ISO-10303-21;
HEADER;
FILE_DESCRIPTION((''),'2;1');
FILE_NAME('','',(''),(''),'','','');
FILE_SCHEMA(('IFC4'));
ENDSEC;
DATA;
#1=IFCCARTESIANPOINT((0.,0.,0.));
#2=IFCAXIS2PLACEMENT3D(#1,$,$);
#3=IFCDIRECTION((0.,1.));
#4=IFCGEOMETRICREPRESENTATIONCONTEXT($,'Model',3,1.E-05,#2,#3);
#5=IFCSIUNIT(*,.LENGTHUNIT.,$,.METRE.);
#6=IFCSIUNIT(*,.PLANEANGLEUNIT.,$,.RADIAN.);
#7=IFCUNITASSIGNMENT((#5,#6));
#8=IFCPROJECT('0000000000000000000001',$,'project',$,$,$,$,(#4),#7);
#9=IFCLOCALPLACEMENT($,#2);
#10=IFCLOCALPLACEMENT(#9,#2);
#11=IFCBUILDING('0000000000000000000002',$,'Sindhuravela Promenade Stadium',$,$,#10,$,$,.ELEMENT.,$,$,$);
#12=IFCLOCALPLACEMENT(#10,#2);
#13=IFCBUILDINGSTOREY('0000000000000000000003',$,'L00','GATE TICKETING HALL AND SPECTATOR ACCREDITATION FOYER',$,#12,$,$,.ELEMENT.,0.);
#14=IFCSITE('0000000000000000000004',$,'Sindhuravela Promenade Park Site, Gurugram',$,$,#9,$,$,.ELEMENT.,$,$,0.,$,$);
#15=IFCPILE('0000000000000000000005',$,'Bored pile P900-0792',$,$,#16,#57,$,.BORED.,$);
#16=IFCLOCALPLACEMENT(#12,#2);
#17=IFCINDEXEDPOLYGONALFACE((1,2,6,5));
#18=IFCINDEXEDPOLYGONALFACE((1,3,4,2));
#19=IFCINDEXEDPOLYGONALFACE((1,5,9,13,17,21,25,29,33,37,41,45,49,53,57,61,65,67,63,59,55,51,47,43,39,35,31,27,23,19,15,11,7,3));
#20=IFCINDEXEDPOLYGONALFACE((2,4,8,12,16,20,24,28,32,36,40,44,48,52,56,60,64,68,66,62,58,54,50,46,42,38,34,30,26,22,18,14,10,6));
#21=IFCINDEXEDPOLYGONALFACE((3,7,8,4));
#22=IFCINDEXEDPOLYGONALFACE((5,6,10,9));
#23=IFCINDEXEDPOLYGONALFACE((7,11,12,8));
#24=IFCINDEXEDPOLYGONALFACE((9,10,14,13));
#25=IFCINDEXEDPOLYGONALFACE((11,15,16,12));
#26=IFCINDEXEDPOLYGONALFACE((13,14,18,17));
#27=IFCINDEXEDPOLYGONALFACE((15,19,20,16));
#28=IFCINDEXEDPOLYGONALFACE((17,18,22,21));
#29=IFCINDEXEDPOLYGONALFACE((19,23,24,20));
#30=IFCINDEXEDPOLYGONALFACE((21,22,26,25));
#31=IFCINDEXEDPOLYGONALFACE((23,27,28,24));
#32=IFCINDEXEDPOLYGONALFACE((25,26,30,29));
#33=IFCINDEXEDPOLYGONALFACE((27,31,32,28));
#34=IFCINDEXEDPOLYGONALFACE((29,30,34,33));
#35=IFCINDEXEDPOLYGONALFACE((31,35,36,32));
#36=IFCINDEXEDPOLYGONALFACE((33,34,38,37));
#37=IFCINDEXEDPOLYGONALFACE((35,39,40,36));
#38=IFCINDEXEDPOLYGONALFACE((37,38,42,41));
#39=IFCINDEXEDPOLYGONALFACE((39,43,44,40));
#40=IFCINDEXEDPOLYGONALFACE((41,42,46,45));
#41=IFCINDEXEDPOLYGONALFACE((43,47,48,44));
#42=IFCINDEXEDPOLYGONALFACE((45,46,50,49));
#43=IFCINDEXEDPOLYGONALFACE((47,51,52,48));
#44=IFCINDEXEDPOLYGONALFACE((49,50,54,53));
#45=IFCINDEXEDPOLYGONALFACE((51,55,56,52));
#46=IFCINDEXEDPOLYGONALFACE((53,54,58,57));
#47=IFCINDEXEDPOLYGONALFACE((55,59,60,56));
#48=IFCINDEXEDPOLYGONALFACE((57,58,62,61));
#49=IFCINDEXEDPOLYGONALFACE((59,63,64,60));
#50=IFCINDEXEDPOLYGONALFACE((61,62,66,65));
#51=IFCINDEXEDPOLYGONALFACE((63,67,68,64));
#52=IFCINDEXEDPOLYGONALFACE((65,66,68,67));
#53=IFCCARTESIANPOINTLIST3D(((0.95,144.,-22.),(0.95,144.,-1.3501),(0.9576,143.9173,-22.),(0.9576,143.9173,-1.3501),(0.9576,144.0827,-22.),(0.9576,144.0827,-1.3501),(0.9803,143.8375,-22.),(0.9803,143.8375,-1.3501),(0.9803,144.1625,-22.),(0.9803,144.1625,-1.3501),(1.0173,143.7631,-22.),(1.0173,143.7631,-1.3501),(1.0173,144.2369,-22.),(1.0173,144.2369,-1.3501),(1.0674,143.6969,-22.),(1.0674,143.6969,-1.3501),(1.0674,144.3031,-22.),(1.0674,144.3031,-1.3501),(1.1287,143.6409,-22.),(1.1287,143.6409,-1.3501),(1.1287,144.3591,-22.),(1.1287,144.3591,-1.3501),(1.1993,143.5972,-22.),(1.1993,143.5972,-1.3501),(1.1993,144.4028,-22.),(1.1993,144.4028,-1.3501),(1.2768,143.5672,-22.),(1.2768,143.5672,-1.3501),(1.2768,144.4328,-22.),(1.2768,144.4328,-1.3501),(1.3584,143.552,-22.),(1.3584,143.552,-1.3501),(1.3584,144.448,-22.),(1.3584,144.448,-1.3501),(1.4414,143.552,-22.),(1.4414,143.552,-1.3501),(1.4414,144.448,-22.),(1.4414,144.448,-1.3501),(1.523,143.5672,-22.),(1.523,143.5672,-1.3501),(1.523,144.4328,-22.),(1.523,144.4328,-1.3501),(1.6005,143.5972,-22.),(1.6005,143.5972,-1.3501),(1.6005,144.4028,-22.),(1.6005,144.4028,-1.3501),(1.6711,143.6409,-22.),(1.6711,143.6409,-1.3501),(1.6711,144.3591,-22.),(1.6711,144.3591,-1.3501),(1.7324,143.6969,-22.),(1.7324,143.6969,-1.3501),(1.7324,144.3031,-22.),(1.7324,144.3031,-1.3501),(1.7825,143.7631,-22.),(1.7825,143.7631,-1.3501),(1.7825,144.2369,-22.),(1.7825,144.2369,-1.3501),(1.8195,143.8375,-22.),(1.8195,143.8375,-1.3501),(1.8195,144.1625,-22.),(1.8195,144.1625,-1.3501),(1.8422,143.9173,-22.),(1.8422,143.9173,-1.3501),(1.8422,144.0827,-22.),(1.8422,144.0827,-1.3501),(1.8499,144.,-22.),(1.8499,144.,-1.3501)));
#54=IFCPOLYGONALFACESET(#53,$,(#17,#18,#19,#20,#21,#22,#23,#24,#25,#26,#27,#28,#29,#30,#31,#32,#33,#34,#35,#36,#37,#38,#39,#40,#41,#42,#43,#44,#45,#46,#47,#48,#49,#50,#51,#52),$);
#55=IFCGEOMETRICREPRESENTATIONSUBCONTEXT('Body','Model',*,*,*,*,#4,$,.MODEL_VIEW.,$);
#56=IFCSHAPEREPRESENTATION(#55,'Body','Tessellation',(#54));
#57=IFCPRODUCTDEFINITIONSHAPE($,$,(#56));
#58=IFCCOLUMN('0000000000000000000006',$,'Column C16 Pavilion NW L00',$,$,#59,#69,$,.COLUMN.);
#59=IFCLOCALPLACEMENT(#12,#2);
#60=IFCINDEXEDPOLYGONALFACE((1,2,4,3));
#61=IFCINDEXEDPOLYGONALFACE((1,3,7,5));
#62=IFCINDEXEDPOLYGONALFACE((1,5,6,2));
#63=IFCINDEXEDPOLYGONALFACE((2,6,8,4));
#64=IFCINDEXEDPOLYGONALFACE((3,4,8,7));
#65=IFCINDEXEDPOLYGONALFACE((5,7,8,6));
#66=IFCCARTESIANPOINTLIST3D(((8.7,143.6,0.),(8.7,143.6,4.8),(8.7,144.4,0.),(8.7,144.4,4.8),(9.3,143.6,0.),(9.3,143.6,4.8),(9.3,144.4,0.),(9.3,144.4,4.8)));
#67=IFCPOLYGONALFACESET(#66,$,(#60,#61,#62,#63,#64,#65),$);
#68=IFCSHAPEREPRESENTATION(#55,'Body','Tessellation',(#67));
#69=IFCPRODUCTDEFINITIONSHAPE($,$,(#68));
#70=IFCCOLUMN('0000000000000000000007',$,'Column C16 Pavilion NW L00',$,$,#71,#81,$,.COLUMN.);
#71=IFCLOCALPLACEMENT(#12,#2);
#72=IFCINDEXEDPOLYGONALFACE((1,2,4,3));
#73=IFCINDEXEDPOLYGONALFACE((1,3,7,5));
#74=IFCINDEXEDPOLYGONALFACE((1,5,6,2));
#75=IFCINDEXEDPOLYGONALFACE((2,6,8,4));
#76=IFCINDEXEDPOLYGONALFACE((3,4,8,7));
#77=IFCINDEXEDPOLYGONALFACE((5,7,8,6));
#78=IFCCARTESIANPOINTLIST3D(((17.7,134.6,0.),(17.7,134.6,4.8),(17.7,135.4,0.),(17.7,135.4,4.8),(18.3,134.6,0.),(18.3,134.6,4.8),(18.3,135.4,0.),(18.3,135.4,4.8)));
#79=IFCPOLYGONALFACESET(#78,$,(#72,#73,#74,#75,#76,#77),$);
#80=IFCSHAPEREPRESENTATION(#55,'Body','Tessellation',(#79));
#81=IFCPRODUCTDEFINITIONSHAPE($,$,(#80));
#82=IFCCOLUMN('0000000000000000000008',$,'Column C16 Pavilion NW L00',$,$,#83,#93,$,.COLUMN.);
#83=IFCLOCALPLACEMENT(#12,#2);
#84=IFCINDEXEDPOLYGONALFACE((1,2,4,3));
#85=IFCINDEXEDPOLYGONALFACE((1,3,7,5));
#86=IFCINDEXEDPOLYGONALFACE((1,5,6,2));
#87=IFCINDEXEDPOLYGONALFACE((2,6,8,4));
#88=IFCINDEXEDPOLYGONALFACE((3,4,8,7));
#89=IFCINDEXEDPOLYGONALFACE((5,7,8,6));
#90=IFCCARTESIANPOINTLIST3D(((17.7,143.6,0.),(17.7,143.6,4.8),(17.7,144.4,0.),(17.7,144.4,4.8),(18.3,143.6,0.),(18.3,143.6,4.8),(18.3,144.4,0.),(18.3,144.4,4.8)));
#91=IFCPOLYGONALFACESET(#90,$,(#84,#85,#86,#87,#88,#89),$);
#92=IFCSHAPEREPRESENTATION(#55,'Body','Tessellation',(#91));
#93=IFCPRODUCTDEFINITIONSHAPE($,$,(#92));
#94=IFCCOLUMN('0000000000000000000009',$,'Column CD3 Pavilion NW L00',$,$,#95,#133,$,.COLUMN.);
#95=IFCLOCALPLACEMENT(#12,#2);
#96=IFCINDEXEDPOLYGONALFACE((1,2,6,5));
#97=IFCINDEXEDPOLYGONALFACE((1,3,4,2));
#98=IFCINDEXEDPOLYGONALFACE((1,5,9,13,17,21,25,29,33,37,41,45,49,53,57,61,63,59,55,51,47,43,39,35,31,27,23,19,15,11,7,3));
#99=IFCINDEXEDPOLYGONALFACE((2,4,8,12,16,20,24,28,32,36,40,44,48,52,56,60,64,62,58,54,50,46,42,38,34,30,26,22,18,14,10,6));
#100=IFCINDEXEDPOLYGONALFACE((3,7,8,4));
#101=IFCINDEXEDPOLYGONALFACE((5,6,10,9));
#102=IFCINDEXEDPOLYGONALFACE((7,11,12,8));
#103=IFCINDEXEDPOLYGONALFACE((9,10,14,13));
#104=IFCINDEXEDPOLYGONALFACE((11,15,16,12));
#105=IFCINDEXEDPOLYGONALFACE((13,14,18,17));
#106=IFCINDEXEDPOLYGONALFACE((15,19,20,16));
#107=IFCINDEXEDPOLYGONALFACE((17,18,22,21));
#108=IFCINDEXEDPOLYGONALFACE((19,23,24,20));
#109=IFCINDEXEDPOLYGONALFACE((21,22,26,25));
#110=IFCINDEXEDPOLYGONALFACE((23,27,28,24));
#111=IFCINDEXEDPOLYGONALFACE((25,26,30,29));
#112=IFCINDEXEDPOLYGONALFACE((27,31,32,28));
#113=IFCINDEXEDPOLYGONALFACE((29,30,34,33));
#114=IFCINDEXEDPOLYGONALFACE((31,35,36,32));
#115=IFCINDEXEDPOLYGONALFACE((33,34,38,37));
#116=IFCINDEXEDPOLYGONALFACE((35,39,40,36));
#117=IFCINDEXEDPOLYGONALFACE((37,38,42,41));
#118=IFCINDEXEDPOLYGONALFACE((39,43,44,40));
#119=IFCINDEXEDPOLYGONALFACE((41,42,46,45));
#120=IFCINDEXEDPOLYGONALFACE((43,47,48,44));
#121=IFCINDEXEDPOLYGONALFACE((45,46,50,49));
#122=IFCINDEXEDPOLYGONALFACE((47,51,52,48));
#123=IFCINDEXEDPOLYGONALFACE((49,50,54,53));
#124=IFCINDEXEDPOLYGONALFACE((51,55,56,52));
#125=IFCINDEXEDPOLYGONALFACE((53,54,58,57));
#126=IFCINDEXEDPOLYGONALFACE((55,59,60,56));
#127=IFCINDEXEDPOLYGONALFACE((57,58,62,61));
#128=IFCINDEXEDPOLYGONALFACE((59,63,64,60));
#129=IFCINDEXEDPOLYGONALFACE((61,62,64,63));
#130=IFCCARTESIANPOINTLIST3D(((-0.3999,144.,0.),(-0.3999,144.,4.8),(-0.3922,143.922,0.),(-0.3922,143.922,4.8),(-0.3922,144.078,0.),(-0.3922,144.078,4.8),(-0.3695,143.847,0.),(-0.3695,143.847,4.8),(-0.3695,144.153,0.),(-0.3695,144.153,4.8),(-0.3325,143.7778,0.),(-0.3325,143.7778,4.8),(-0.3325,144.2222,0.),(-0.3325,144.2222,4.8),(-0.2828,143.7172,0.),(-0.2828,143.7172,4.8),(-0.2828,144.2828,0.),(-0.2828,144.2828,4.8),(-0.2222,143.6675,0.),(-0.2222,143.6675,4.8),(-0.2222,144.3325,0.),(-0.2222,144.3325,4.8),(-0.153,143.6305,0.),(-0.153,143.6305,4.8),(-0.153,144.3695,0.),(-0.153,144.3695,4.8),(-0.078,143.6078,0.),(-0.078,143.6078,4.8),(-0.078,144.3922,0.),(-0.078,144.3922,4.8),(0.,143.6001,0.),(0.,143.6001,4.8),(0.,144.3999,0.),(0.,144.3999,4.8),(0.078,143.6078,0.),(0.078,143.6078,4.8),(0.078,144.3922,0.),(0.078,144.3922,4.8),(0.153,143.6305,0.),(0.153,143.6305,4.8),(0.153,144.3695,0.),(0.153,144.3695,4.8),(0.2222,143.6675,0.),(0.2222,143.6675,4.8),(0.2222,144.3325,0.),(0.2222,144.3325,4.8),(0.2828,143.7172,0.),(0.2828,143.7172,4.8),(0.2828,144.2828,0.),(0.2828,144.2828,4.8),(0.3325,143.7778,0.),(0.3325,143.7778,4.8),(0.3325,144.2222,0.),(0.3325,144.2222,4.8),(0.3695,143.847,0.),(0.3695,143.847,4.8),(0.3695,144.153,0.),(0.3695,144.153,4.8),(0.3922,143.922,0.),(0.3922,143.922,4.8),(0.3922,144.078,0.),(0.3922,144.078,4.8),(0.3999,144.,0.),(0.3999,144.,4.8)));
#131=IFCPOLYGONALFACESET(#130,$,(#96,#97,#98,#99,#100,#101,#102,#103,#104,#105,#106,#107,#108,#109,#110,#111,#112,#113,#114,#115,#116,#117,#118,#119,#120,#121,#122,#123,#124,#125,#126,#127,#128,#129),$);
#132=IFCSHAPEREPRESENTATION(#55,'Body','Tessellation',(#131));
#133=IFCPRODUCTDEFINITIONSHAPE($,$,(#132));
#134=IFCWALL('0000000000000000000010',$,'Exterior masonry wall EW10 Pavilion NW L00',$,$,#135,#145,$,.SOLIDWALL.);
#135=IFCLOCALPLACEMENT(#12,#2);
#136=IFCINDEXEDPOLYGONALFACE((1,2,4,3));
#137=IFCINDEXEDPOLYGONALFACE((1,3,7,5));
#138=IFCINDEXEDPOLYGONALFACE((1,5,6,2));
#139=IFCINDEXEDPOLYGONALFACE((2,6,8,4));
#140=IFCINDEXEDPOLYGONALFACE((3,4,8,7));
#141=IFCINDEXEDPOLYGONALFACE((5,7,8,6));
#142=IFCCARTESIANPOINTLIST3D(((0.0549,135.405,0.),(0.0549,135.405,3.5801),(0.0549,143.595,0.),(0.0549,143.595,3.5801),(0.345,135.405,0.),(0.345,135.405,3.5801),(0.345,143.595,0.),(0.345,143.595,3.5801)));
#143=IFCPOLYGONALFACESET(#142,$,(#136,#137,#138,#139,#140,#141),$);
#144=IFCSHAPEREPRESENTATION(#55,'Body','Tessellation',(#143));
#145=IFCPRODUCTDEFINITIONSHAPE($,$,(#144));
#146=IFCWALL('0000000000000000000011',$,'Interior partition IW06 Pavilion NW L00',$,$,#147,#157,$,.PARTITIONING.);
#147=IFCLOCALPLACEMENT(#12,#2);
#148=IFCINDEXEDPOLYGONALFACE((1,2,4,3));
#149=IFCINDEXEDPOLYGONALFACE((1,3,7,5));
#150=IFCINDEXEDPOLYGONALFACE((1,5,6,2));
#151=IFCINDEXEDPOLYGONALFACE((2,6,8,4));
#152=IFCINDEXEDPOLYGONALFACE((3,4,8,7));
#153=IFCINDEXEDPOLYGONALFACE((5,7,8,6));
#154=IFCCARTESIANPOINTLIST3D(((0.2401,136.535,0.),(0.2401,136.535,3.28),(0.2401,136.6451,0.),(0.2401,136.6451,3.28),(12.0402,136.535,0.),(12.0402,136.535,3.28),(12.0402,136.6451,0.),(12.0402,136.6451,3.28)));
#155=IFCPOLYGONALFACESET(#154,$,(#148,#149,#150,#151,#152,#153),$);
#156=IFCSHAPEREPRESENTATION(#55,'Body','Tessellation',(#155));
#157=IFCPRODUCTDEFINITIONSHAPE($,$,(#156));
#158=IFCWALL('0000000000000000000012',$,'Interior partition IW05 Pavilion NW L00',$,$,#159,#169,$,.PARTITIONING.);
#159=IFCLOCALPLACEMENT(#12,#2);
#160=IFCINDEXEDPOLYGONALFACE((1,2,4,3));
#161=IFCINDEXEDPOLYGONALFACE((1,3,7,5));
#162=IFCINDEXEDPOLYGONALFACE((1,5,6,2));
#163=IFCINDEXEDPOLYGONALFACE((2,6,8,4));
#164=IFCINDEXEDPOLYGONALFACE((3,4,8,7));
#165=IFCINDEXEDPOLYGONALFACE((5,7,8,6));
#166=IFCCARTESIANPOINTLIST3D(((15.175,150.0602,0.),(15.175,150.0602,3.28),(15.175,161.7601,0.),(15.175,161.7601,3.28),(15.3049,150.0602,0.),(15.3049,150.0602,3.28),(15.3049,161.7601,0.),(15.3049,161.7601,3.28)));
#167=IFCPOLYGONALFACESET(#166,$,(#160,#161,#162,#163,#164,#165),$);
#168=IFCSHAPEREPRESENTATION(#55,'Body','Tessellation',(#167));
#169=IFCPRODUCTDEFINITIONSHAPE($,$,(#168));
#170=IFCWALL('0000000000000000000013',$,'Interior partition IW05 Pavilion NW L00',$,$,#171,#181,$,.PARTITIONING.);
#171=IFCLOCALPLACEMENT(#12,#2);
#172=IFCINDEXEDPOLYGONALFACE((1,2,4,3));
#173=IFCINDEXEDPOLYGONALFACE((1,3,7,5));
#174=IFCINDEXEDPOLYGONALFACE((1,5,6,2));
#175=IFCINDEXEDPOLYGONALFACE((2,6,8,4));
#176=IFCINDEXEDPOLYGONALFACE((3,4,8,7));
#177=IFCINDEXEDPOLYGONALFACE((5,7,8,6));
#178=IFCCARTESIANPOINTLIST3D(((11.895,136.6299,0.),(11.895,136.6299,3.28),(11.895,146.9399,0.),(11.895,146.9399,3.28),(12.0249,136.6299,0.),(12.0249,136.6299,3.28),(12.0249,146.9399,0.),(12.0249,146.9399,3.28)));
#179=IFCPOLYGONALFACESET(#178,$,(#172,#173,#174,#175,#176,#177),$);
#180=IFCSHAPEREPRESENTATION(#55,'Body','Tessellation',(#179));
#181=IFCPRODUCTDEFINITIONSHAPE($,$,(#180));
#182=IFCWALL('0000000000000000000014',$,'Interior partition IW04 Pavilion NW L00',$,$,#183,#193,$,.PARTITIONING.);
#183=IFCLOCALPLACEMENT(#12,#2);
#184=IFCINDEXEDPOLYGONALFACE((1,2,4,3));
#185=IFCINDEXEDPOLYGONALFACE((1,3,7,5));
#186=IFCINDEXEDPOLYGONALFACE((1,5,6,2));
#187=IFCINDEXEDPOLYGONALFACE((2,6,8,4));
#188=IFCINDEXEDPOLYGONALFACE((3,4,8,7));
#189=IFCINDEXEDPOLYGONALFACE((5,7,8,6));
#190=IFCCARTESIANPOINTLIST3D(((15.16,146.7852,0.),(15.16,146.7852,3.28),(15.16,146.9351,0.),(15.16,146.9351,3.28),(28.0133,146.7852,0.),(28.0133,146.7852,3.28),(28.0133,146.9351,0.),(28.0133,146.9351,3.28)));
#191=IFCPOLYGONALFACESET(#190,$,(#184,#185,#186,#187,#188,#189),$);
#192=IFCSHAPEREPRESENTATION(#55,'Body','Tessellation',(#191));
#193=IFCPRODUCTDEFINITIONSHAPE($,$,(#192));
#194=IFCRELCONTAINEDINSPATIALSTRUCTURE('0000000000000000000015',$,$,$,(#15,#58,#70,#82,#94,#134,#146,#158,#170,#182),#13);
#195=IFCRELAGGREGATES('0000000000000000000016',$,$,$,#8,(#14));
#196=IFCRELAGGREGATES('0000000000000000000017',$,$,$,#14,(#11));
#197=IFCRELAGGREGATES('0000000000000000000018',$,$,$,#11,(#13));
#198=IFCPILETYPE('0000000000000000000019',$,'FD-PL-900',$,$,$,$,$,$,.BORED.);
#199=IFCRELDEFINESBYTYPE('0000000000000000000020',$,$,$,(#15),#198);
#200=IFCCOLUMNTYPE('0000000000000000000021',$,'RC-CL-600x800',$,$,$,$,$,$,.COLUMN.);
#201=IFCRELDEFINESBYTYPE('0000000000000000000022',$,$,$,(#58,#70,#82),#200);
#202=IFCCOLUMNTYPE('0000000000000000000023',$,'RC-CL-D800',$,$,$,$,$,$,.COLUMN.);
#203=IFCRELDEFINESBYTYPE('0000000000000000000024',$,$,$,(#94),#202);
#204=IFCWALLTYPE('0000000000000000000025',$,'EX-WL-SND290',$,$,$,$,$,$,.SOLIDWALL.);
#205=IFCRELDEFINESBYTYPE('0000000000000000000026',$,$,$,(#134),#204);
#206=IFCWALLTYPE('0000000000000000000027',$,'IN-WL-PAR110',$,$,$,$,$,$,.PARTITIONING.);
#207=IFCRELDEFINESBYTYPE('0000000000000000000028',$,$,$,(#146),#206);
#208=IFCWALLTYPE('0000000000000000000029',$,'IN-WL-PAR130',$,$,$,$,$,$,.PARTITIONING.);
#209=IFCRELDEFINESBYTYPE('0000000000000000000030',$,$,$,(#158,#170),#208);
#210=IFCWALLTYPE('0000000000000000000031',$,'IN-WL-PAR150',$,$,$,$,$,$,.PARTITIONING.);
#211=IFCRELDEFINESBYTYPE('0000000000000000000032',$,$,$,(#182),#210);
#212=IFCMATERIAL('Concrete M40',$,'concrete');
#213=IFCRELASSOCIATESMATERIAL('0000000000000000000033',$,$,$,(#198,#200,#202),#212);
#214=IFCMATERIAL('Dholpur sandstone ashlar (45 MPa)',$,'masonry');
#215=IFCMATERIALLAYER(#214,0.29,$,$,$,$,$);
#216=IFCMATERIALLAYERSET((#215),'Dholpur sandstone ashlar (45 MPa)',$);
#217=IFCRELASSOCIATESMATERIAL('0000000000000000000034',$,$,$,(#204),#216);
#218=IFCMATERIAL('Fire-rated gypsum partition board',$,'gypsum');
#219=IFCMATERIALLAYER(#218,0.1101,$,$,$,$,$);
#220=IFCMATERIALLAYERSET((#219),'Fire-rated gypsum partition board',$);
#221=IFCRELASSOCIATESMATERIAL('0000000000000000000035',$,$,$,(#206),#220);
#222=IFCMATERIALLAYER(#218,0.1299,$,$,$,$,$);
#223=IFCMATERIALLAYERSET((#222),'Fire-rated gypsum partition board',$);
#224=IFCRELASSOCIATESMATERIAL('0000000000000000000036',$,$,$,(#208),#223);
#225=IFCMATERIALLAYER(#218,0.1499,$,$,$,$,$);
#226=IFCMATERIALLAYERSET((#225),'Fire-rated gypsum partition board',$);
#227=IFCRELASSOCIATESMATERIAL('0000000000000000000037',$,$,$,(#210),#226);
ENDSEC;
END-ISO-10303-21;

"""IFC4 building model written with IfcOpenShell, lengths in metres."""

from ifc_helpers import new_model, si_unit, direction, frame, frame_2d, origin, origin_2d, place, context, subcontext, project, spatial, rectangle, circle, extrude, material, layer, layer_set, material_profile, profile_set, type_object, element, save


model = new_model("IFC4")

# Units and contexts
model_context = context("Model", 3, precision=1e-05, world=origin(), true_north=direction((0.0, 1.0)))
body_context = subcontext(model_context, "Body", "Model", "MODEL_VIEW")
ifc_project = project(units=[si_unit("LENGTHUNIT", "METRE"), si_unit("PLANEANGLEUNIT", "RADIAN")], contexts=[model_context])

# Site, building, storey
site_placement = place(None, origin())
site = spatial("IfcSite", under=ifc_project, at=site_placement, Name="Sindhuravela Promenade Park Site, Gurugram", CompositionType="ELEMENT", RefElevation=0.0)
building_placement = place(site_placement, origin())
building = spatial("IfcBuilding", under=site, at=building_placement, Name="Sindhuravela Promenade Stadium", CompositionType="ELEMENT")
storey_placement = place(building_placement, origin())
storey = spatial("IfcBuildingStorey", under=building, at=storey_placement, Name="L00", Description="GATE TICKETING HALL AND SPECTATOR ACCREDITATION FOYER", CompositionType="ELEMENT", Elevation=0.0)

# Pile
ifc_material_1 = material(Name="Concrete M40", Category="concrete")
ifc_material_profile_1 = material_profile(ifc_material_1, circle(Radius=0.45, at=origin_2d()), Name="BORED PILE D900")
ifc_profile_set_1 = profile_set([ifc_material_profile_1], Name="Concrete M40")
pile_type_1 = type_object("IfcPileType", Name="FD-PL-900", PredefinedType="BORED", material=ifc_profile_set_1)
for number, where, z_axis, x_axis, name in (
    (1, (1.3999, 144.0, -1.3501), (0.0, 0.0, -1.0), (1.0, 0.0, 0.0), "Bored pile P900-0792"),
):
    element("IfcPile", number, at=place(storey_placement, frame(where, z_axis=z_axis, x_axis=x_axis)), inside=storey, type_object=pile_type_1, Name=name, PredefinedType="BORED", context=body_context, shape_type="SweptSolid", body=[
        extrude(circle(Radius=0.45, at=origin_2d()), origin(), (0.0, 0.0, 1.0), 20.6499),
    ])

# Columns
ifc_material_profile_2 = material_profile(ifc_material_1, rectangle(XDim=0.6001, YDim=0.8, at=origin_2d()), Name="RC 600x800")
ifc_profile_set_2 = profile_set([ifc_material_profile_2], Name="Concrete M40")
column_type_1 = type_object("IfcColumnType", Name="RC-CL-600x800", PredefinedType="COLUMN", material=ifc_profile_set_2)
for number, where, z_axis, x_axis, name in (
    (2, (9.0, 144.0, 0.0), (0.0, 0.0, 1.0), (1.0, 0.0, 0.0), "Column C16 Pavilion NW L00"),
    (3, (18.0, 135.0, 0.0), (0.0, 0.0, 1.0), (1.0, 0.0, 0.0), "Column C16 Pavilion NW L00"),
    (4, (18.0, 144.0, 0.0), (0.0, 0.0, 1.0), (1.0, 0.0, 0.0), "Column C16 Pavilion NW L00"),
):
    element("IfcColumn", number, at=place(storey_placement, frame(where, z_axis=z_axis, x_axis=x_axis)), inside=storey, type_object=column_type_1, Name=name, PredefinedType="COLUMN", context=body_context, shape_type="SweptSolid", body=[
        extrude(rectangle(XDim=0.6001, YDim=0.8, at=origin_2d()), origin(), (0.0, 0.0, 1.0), 4.8),
    ])
ifc_material_profile_3 = material_profile(ifc_material_1, circle(Radius=0.3999, at=origin_2d()), Name="RC D800")
ifc_profile_set_3 = profile_set([ifc_material_profile_3], Name="Concrete M40")
column_type_2 = type_object("IfcColumnType", Name="RC-CL-D800", PredefinedType="COLUMN", material=ifc_profile_set_3)
column_placement = place(storey_placement, frame((0.0, 144.0, 0.0), z_axis=(0.0, 0.0, 1.0), x_axis=(1.0, 0.0, 0.0)))
element("IfcColumn", 5, at=column_placement, inside=storey, type_object=column_type_2, Name="Column CD3 Pavilion NW L00", PredefinedType="COLUMN", context=body_context, shape_type="SweptSolid", body=[
    extrude(circle(Radius=0.3999, at=origin_2d()), origin(), (0.0, 0.0, 1.0), 4.8),
])

# Wall
ifc_material_2 = material(Name="Dholpur sandstone ashlar (45 MPa)", Category="masonry")
ifc_layer_1 = layer(ifc_material_2, 0.29)
ifc_layer_set_1 = layer_set([ifc_layer_1], Name="Dholpur sandstone ashlar (45 MPa)")
wall_type_1 = type_object("IfcWallType", Name="EX-WL-SND290", PredefinedType="SOLIDWALL", material=ifc_layer_set_1)
wall_1_placement = place(storey_placement, frame((0.2, 135.405, 0.0), z_axis=(0.0, 0.0, 1.0), x_axis=(0.0, 1.0, 0.0)))
element("IfcWall", 6, at=wall_1_placement, inside=storey, type_object=wall_type_1, Name="Exterior masonry wall EW10 Pavilion NW L00", PredefinedType="SOLIDWALL", context=body_context, shape_type="SweptSolid", body=[
    extrude(rectangle(XDim=8.1899, YDim=0.29, at=frame_2d((4.095, 0.0))), origin(), (0.0, 0.0, 1.0), 3.5801),
])

# Walls
ifc_material_3 = material(Name="Fire-rated gypsum partition board", Category="gypsum")
ifc_layer_2 = layer(ifc_material_3, 0.1101)
ifc_layer_set_2 = layer_set([ifc_layer_2], Name="Fire-rated gypsum partition board")
wall_type_2 = type_object("IfcWallType", Name="IN-WL-PAR110", PredefinedType="PARTITIONING", material=ifc_layer_set_2)
wall_2_placement = place(storey_placement, frame((12.04, 136.5901, 0.0), z_axis=(0.0, 0.0, 1.0), x_axis=(-1.0, 0.0, 0.0)))
element("IfcWall", 7, at=wall_2_placement, inside=storey, type_object=wall_type_2, Name="Interior partition IW06 Pavilion NW L00", PredefinedType="PARTITIONING", context=body_context, shape_type="SweptSolid", body=[
    extrude(rectangle(XDim=11.8, YDim=0.1101, at=frame_2d((5.8999, 0.0))), origin(), (0.0, 0.0, 1.0), 3.28),
])
ifc_layer_3 = layer(ifc_material_3, 0.1299)
ifc_layer_set_3 = layer_set([ifc_layer_3], Name="Fire-rated gypsum partition board")
wall_type_3 = type_object("IfcWallType", Name="IN-WL-PAR130", PredefinedType="PARTITIONING", material=ifc_layer_set_3)
wall_3_placement = place(storey_placement, frame((15.24, 150.0601, 0.0), z_axis=(0.0, 0.0, 1.0), x_axis=(0.0, 1.0, 0.0)))
element("IfcWall", 8, at=wall_3_placement, inside=storey, type_object=wall_type_3, Name="Interior partition IW05 Pavilion NW L00", PredefinedType="PARTITIONING", context=body_context, shape_type="SweptSolid", body=[
    extrude(rectangle(XDim=11.7, YDim=0.1299, at=frame_2d((5.8501, 0.0))), origin(), (0.0, 0.0, 1.0), 3.28),
])
wall_4_placement = place(storey_placement, frame((11.96, 146.9399, 0.0), z_axis=(0.0, 0.0, 1.0), x_axis=(0.0, -1.0, 0.0)))
element("IfcWall", 9, at=wall_4_placement, inside=storey, type_object=wall_type_3, Name="Interior partition IW05 Pavilion NW L00", PredefinedType="PARTITIONING", context=body_context, shape_type="SweptSolid", body=[
    extrude(rectangle(XDim=10.3101, YDim=0.1299, at=frame_2d((5.155, 0.0))), origin(), (0.0, 0.0, 1.0), 3.28),
])
ifc_layer_4 = layer(ifc_material_3, 0.1499)
ifc_layer_set_4 = layer_set([ifc_layer_4], Name="Fire-rated gypsum partition board")
wall_type_4 = type_object("IfcWallType", Name="IN-WL-PAR150", PredefinedType="PARTITIONING", material=ifc_layer_set_4)
wall_5_placement = place(storey_placement, frame((15.1599, 146.8601, 0.0), z_axis=(0.0, 0.0, 1.0), x_axis=(1.0, 0.0, 0.0)))
element("IfcWall", 10, at=wall_5_placement, inside=storey, type_object=wall_type_4, Name="Interior partition IW04 Pavilion NW L00", PredefinedType="PARTITIONING", context=body_context, shape_type="SweptSolid", body=[
    extrude(rectangle(XDim=12.8533, YDim=0.1499, at=frame_2d((6.4268, 0.0))), origin(), (0.0, 0.0, 1.0), 3.28),
])

save(model, "model.ifc")
